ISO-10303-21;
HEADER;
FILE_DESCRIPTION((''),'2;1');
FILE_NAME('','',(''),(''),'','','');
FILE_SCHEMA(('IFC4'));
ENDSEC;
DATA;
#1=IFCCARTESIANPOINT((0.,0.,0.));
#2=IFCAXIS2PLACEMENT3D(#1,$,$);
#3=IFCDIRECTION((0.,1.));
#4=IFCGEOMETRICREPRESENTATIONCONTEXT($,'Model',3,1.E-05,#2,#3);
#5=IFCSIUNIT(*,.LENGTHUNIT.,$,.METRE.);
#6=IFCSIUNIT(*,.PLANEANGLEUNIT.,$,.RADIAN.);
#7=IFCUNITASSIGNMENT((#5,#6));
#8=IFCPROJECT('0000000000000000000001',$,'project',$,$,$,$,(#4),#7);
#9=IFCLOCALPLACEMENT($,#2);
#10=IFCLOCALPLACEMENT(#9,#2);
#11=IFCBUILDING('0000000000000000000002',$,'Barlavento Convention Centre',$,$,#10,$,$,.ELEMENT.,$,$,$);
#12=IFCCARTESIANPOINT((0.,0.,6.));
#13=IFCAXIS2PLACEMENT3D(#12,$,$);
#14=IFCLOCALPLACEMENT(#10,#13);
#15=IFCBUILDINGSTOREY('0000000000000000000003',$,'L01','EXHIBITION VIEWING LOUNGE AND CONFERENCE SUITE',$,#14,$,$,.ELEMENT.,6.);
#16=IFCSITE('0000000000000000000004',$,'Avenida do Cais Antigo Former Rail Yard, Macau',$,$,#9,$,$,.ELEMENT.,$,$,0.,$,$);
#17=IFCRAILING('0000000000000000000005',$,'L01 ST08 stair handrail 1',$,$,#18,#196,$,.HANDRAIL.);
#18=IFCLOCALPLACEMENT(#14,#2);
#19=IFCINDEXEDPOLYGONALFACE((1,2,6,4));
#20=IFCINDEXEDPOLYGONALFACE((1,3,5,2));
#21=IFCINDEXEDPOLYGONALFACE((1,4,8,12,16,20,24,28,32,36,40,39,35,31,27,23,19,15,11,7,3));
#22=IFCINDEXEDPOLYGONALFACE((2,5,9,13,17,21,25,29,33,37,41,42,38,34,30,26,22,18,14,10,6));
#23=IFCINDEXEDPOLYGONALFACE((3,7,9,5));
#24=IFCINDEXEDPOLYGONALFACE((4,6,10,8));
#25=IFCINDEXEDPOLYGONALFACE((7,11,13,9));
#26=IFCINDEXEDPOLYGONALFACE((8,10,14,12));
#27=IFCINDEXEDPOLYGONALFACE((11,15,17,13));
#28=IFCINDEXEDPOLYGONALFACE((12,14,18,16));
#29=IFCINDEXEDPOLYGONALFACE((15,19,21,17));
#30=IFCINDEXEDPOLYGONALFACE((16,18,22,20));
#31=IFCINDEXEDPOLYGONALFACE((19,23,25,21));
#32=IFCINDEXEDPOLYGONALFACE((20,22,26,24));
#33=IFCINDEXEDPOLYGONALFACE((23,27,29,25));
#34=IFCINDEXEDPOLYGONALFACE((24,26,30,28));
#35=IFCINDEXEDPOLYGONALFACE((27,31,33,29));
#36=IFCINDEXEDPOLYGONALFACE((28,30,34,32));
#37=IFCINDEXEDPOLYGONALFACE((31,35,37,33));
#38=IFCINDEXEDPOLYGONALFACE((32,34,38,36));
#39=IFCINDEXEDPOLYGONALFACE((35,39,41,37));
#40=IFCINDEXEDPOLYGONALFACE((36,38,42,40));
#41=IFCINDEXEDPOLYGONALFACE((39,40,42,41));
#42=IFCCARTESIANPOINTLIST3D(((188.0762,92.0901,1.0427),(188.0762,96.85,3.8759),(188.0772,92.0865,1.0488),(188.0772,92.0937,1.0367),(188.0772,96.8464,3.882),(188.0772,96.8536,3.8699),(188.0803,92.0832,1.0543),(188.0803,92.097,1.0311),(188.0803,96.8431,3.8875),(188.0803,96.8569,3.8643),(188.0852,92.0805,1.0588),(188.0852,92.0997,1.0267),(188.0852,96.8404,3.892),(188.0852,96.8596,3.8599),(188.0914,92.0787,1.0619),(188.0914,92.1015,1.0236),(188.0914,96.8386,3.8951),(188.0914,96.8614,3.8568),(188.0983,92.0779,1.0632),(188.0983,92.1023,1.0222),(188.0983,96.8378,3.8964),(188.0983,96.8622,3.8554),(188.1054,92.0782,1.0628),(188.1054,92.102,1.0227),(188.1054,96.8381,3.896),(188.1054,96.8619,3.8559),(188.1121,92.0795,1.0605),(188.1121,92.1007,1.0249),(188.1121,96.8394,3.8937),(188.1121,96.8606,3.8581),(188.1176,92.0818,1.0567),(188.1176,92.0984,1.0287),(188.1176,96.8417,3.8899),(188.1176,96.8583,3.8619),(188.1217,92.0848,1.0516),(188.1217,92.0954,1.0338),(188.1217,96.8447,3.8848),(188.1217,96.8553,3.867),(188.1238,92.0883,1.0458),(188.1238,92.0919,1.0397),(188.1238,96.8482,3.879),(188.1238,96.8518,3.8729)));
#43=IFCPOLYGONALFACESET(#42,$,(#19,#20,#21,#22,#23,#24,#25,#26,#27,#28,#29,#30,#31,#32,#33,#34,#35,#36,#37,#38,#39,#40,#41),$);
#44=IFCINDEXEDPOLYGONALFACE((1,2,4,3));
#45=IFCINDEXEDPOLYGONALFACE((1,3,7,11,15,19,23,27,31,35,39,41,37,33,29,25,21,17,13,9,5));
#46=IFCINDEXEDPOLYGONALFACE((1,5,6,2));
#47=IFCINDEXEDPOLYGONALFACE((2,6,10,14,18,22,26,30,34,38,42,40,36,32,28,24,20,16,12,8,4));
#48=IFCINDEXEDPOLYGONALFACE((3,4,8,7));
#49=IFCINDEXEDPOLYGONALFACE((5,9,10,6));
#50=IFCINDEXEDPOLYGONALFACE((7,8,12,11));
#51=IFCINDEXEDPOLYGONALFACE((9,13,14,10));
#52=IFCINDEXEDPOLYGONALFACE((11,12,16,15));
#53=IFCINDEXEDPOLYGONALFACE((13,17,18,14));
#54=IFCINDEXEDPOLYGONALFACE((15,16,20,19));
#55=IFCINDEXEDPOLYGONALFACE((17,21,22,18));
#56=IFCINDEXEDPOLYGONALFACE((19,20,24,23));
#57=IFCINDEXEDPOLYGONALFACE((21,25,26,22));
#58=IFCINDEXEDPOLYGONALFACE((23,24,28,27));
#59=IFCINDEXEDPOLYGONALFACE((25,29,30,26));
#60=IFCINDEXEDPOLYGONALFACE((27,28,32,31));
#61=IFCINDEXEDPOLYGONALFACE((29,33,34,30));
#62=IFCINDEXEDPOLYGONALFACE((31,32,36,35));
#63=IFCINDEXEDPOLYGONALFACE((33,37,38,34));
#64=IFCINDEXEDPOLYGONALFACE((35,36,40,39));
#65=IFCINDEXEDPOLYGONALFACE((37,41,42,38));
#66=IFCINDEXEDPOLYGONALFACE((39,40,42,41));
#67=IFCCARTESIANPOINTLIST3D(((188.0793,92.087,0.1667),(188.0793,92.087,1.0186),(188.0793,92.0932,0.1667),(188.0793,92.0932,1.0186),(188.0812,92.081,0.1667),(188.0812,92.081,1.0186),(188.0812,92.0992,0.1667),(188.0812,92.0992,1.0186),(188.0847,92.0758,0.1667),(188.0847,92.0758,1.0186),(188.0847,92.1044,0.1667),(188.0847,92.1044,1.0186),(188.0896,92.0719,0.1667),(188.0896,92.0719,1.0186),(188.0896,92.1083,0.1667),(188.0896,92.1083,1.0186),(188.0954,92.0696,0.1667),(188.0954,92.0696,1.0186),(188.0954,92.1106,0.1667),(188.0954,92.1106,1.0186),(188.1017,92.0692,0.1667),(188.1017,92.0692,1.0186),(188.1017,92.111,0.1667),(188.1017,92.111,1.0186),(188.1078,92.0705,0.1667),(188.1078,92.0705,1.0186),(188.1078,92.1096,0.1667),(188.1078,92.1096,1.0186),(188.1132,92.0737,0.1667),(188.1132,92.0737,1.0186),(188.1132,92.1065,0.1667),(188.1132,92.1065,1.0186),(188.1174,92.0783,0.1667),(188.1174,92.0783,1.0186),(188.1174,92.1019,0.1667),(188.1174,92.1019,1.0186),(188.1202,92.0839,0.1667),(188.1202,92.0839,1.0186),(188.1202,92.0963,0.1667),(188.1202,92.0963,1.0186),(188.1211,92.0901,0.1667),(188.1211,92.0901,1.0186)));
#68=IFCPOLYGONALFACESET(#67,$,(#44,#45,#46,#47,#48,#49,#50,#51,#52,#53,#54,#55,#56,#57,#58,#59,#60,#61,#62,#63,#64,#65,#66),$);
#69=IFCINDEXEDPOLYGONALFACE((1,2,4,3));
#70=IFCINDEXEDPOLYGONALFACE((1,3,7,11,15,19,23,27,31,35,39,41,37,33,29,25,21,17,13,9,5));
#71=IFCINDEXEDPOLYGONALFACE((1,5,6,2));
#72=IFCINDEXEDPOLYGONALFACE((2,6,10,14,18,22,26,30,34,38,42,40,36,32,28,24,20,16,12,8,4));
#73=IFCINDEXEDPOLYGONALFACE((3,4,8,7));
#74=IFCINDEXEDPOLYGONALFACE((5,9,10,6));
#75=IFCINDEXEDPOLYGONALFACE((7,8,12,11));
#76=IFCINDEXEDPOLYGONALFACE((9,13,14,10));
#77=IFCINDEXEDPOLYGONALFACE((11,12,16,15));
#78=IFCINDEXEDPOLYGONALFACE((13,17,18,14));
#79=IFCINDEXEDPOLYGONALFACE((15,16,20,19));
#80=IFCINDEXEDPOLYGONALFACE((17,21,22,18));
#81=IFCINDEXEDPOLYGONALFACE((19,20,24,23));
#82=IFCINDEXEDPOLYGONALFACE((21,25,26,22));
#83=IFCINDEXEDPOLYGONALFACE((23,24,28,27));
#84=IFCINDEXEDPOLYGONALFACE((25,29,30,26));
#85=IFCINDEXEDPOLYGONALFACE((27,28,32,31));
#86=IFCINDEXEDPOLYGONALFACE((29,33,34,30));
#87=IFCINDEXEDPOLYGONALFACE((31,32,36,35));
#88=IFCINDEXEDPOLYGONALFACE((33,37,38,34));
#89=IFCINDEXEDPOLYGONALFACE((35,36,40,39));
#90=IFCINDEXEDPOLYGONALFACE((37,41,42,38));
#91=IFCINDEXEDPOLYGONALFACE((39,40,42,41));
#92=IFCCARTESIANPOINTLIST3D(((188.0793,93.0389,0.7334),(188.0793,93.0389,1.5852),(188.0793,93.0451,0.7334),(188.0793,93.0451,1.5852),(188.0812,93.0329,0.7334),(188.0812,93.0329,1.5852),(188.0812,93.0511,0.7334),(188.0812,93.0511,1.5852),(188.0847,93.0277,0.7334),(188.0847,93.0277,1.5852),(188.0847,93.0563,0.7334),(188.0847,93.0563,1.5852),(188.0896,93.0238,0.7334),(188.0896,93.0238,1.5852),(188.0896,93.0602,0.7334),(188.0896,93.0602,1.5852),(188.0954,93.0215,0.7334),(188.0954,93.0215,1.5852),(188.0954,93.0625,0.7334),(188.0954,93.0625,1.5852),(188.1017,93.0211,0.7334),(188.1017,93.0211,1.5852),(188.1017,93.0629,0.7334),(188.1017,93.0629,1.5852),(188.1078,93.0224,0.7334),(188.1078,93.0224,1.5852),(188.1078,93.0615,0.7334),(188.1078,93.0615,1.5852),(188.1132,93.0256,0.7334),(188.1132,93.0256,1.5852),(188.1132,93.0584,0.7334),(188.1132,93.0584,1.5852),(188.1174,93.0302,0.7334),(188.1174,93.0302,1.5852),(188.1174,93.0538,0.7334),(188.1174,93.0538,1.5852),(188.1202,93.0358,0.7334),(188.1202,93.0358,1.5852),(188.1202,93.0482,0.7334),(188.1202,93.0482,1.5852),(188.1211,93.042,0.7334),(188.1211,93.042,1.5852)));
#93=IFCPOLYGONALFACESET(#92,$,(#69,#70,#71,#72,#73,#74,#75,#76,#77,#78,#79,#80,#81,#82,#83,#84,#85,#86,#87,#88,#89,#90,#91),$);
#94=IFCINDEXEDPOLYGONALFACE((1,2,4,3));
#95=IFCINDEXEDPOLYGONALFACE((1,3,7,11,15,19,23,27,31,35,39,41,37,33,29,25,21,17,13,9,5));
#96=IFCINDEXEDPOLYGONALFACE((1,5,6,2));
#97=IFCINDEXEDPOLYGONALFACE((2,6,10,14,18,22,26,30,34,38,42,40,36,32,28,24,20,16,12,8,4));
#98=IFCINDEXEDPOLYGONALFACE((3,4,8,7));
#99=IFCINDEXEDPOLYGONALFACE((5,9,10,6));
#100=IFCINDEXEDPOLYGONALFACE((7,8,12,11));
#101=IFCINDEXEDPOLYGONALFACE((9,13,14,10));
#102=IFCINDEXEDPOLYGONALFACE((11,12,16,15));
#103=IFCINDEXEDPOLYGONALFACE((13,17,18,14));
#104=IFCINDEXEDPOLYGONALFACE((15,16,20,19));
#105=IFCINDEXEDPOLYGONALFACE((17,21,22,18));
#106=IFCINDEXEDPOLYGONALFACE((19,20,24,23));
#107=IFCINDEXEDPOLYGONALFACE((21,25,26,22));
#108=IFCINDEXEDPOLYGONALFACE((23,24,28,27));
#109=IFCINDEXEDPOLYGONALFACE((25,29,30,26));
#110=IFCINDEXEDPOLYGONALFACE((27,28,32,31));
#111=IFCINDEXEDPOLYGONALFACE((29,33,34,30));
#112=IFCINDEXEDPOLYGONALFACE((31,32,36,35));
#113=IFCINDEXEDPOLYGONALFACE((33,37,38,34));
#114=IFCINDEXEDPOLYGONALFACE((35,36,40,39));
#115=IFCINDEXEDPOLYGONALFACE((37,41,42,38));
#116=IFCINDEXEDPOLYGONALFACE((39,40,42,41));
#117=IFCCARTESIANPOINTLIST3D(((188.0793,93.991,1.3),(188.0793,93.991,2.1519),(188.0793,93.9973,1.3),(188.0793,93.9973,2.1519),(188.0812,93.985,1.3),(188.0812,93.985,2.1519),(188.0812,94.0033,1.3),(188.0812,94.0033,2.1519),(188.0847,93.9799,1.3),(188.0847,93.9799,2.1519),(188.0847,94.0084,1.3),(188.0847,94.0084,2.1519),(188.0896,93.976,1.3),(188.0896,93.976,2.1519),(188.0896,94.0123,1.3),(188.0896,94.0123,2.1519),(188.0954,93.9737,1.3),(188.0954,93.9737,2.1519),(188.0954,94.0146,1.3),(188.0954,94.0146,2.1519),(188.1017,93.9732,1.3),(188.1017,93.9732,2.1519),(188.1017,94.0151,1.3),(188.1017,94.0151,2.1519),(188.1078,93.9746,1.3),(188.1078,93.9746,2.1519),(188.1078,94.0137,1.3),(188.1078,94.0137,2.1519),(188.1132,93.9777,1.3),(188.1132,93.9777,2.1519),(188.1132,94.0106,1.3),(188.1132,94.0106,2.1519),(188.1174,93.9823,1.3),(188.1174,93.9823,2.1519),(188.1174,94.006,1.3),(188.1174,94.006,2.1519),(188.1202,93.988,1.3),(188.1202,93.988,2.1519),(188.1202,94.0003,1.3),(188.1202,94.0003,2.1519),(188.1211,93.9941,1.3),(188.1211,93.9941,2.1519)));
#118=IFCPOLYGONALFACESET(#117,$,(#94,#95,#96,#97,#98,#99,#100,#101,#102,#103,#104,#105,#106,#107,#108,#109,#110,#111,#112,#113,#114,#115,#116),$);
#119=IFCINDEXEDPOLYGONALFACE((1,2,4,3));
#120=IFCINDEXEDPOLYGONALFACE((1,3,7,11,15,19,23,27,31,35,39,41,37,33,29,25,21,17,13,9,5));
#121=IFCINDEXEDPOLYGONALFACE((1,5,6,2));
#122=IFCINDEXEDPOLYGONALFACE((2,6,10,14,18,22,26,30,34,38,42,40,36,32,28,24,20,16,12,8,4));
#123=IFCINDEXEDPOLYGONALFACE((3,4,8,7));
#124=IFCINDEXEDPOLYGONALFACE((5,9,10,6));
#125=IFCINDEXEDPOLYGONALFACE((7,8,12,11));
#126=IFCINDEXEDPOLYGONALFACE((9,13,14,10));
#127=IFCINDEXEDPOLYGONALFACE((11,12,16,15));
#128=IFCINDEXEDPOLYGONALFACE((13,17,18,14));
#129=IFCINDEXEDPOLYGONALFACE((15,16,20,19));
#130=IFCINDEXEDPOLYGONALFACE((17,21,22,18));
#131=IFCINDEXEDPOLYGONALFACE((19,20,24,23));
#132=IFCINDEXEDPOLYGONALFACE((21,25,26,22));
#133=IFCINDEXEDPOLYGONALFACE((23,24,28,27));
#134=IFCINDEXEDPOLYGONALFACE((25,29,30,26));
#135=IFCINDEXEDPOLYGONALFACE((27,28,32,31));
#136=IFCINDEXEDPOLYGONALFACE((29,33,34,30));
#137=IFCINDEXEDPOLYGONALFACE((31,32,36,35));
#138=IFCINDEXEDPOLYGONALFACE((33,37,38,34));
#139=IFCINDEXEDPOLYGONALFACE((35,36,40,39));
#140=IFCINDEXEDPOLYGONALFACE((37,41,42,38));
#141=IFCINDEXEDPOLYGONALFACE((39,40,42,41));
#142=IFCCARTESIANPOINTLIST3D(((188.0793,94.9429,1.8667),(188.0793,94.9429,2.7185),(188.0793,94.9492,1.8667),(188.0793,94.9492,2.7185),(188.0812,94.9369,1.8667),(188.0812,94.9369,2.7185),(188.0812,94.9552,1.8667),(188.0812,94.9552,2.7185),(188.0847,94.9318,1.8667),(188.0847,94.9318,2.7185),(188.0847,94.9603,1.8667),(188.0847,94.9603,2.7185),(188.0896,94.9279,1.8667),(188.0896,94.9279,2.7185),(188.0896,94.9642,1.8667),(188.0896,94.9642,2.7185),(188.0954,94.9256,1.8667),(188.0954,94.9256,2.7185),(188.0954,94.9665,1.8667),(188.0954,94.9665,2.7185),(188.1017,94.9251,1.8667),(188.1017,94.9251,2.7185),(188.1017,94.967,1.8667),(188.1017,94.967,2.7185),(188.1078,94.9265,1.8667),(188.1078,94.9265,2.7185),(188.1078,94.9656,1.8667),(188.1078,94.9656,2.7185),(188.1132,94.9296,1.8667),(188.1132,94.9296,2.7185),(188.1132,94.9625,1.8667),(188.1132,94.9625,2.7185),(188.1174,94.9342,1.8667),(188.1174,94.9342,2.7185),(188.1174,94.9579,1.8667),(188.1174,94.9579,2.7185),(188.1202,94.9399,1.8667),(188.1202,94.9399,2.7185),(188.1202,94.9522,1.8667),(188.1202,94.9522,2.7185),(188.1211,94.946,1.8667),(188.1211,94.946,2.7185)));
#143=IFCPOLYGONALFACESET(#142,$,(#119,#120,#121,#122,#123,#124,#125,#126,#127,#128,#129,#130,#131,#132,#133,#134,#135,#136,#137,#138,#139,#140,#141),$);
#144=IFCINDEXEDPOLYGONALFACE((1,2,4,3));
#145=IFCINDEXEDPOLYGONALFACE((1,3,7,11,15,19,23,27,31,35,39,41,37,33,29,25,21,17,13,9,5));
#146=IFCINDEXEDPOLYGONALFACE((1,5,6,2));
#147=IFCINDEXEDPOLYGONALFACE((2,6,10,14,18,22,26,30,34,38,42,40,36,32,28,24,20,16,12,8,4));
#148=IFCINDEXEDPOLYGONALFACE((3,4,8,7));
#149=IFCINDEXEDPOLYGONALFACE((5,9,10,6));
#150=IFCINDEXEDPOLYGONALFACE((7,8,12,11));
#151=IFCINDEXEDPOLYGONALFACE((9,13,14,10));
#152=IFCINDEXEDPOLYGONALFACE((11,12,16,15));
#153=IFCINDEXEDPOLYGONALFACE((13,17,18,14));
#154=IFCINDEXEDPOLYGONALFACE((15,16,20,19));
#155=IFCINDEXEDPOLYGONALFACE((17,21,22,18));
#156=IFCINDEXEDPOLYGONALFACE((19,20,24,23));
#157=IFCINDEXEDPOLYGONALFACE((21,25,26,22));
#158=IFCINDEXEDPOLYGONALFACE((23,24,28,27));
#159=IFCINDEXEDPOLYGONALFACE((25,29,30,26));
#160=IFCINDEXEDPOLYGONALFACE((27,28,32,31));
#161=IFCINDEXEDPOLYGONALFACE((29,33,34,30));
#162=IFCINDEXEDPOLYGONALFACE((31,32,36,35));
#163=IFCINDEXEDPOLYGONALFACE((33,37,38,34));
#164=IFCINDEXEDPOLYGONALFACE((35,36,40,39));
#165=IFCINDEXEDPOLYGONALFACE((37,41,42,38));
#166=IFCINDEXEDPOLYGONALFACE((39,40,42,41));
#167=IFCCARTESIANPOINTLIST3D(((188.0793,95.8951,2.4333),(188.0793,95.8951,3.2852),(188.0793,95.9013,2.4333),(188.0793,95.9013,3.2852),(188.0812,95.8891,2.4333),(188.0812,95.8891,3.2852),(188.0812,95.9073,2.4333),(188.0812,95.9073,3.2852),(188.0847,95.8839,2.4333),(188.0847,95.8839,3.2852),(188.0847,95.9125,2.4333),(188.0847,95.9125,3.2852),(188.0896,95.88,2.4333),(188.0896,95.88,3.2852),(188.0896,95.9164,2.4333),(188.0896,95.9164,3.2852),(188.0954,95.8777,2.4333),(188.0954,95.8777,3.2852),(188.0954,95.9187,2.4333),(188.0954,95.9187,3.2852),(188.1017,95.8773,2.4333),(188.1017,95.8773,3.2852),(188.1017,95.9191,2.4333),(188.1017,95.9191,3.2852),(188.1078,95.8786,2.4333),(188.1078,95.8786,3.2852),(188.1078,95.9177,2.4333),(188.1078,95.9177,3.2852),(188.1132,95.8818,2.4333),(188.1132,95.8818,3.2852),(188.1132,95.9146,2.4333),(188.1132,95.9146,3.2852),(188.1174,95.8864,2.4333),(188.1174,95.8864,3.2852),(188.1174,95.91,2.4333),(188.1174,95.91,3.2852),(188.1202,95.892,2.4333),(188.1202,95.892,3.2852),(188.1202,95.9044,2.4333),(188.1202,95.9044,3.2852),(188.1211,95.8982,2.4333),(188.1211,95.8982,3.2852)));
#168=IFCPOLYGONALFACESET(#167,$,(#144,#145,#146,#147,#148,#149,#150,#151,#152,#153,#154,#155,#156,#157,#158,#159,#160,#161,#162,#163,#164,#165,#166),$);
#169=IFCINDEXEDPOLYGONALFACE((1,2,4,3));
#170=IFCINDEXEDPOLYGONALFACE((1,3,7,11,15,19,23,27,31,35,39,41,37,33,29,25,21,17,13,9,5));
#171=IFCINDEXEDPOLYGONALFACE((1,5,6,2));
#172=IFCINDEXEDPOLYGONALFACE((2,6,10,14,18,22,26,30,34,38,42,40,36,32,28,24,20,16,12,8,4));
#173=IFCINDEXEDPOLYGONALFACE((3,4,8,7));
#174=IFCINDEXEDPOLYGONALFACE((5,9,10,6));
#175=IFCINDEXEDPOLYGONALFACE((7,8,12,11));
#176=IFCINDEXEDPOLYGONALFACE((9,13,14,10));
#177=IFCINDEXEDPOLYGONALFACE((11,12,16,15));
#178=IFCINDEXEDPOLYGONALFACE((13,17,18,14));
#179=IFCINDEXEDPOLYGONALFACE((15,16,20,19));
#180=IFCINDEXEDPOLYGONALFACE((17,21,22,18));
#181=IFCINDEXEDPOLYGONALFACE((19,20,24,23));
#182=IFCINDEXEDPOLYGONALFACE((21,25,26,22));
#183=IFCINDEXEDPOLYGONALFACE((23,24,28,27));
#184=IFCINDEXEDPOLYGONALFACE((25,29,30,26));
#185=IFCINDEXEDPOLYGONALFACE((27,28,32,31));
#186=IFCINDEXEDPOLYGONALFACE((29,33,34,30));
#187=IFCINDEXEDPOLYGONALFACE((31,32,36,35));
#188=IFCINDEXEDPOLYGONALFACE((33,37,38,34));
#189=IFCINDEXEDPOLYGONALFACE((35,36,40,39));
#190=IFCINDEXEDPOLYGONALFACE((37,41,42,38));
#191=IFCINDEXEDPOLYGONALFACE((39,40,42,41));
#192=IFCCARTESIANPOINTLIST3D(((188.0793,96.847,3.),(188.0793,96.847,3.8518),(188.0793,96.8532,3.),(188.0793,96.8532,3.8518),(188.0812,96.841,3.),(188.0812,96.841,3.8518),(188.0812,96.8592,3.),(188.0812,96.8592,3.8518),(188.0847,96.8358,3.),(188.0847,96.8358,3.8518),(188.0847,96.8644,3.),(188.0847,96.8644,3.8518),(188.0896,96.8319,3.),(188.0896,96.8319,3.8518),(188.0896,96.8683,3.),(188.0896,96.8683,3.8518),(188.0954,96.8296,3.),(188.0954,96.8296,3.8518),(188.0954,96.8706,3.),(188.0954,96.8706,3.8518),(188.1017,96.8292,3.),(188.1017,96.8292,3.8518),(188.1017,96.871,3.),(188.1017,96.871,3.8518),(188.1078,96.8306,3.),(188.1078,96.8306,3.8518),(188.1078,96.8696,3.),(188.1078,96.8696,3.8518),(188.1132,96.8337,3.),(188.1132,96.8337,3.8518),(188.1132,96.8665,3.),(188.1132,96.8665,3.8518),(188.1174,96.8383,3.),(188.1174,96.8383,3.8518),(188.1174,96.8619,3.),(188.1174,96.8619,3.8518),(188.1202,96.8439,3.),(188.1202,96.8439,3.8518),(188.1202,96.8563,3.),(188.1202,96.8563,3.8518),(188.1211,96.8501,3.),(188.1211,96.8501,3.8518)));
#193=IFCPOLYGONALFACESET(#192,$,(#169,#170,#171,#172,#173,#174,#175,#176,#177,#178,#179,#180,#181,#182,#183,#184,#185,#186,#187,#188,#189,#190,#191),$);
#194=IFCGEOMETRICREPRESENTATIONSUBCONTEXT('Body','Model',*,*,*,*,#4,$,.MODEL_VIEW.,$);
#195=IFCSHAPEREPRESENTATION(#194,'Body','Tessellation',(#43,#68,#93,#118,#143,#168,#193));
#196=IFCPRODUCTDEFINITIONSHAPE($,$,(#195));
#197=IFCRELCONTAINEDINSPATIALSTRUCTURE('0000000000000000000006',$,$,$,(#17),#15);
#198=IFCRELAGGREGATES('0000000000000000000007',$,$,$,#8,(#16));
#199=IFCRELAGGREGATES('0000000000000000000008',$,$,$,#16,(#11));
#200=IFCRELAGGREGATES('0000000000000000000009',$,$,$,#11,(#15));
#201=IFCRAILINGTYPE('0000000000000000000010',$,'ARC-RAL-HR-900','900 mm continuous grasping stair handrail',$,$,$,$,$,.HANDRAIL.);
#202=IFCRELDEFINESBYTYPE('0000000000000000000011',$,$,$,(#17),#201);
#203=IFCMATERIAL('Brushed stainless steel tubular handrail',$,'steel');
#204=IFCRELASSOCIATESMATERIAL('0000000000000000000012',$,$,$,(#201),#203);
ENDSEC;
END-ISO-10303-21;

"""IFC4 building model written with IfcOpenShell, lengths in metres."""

from ifc_helpers import new_model, si_unit, direction, frame, origin, origin_2d, place, context, subcontext, project, spatial, circle, extrude, material, type_object, element, save


model = new_model("IFC4")

# Units and contexts
model_context = context("Model", 3, precision=1e-05, world=origin(), true_north=direction((0.0, 1.0)))
body_context = subcontext(model_context, "Body", "Model", "MODEL_VIEW")
ifc_project = project(units=[si_unit("LENGTHUNIT", "METRE"), si_unit("PLANEANGLEUNIT", "RADIAN")], contexts=[model_context])

# Site, building, storey
site_placement = place(None, origin())
site = spatial("IfcSite", under=ifc_project, at=site_placement, Name="Avenida do Cais Antigo Former Rail Yard, Macau", CompositionType="ELEMENT", RefElevation=0.0)
building_placement = place(site_placement, origin())
building = spatial("IfcBuilding", under=site, at=building_placement, Name="Barlavento Convention Centre", CompositionType="ELEMENT")
storey_placement = place(building_placement, frame((0.0, 0.0, 6.0)))
storey = spatial("IfcBuildingStorey", under=building, at=storey_placement, Name="L01", Description="EXHIBITION VIEWING LOUNGE AND CONFERENCE SUITE", CompositionType="ELEMENT", Elevation=6.0)

# Railing
ifc_material_1 = material(Name="Brushed stainless steel tubular handrail", Category="steel")
railing_type_1 = type_object("IfcRailingType", Name="ARC-RAL-HR-900", Description="900 mm continuous grasping stair handrail", PredefinedType="HANDRAIL", material=ifc_material_1)
railing_1_placement = place(storey_placement, frame((188.1001, 92.0901, 0.1667)))
element("IfcRailing", 1, at=railing_1_placement, inside=storey, type_object=railing_type_1, Name="L01 ST08 stair handrail 1", PredefinedType="HANDRAIL", context=body_context, shape_type="SweptSolid", body=[
    extrude(circle(Radius=0.0239, at=origin_2d()), frame((0.0, 0.0, 0.876), z_axis=(0.0, 0.8593, 0.511472), x_axis=(-1.0, 0.0, 0.0)), (0.0, 0.0, 1.0), 5.5393),
    extrude(circle(Radius=0.021, at=origin_2d()), origin(), (0.0, 0.0, 1.0), 0.8518),
    extrude(circle(Radius=0.021, at=origin_2d()), frame((0.0, 0.9519, 0.5667)), (0.0, 0.0, 1.0), 0.8518),
    extrude(circle(Radius=0.021, at=origin_2d()), frame((0.0, 1.9041, 1.1333)), (0.0, 0.0, 1.0), 0.8518),
    extrude(circle(Radius=0.021, at=origin_2d()), frame((0.0, 2.856, 1.7)), (0.0, 0.0, 1.0), 0.8518),
    extrude(circle(Radius=0.021, at=origin_2d()), frame((0.0, 3.8081, 2.2666)), (0.0, 0.0, 1.0), 0.8518),
    extrude(circle(Radius=0.021, at=origin_2d()), frame((0.0, 4.76, 2.8333)), (0.0, 0.0, 1.0), 0.8518),
])

save(model, "model.ifc")
